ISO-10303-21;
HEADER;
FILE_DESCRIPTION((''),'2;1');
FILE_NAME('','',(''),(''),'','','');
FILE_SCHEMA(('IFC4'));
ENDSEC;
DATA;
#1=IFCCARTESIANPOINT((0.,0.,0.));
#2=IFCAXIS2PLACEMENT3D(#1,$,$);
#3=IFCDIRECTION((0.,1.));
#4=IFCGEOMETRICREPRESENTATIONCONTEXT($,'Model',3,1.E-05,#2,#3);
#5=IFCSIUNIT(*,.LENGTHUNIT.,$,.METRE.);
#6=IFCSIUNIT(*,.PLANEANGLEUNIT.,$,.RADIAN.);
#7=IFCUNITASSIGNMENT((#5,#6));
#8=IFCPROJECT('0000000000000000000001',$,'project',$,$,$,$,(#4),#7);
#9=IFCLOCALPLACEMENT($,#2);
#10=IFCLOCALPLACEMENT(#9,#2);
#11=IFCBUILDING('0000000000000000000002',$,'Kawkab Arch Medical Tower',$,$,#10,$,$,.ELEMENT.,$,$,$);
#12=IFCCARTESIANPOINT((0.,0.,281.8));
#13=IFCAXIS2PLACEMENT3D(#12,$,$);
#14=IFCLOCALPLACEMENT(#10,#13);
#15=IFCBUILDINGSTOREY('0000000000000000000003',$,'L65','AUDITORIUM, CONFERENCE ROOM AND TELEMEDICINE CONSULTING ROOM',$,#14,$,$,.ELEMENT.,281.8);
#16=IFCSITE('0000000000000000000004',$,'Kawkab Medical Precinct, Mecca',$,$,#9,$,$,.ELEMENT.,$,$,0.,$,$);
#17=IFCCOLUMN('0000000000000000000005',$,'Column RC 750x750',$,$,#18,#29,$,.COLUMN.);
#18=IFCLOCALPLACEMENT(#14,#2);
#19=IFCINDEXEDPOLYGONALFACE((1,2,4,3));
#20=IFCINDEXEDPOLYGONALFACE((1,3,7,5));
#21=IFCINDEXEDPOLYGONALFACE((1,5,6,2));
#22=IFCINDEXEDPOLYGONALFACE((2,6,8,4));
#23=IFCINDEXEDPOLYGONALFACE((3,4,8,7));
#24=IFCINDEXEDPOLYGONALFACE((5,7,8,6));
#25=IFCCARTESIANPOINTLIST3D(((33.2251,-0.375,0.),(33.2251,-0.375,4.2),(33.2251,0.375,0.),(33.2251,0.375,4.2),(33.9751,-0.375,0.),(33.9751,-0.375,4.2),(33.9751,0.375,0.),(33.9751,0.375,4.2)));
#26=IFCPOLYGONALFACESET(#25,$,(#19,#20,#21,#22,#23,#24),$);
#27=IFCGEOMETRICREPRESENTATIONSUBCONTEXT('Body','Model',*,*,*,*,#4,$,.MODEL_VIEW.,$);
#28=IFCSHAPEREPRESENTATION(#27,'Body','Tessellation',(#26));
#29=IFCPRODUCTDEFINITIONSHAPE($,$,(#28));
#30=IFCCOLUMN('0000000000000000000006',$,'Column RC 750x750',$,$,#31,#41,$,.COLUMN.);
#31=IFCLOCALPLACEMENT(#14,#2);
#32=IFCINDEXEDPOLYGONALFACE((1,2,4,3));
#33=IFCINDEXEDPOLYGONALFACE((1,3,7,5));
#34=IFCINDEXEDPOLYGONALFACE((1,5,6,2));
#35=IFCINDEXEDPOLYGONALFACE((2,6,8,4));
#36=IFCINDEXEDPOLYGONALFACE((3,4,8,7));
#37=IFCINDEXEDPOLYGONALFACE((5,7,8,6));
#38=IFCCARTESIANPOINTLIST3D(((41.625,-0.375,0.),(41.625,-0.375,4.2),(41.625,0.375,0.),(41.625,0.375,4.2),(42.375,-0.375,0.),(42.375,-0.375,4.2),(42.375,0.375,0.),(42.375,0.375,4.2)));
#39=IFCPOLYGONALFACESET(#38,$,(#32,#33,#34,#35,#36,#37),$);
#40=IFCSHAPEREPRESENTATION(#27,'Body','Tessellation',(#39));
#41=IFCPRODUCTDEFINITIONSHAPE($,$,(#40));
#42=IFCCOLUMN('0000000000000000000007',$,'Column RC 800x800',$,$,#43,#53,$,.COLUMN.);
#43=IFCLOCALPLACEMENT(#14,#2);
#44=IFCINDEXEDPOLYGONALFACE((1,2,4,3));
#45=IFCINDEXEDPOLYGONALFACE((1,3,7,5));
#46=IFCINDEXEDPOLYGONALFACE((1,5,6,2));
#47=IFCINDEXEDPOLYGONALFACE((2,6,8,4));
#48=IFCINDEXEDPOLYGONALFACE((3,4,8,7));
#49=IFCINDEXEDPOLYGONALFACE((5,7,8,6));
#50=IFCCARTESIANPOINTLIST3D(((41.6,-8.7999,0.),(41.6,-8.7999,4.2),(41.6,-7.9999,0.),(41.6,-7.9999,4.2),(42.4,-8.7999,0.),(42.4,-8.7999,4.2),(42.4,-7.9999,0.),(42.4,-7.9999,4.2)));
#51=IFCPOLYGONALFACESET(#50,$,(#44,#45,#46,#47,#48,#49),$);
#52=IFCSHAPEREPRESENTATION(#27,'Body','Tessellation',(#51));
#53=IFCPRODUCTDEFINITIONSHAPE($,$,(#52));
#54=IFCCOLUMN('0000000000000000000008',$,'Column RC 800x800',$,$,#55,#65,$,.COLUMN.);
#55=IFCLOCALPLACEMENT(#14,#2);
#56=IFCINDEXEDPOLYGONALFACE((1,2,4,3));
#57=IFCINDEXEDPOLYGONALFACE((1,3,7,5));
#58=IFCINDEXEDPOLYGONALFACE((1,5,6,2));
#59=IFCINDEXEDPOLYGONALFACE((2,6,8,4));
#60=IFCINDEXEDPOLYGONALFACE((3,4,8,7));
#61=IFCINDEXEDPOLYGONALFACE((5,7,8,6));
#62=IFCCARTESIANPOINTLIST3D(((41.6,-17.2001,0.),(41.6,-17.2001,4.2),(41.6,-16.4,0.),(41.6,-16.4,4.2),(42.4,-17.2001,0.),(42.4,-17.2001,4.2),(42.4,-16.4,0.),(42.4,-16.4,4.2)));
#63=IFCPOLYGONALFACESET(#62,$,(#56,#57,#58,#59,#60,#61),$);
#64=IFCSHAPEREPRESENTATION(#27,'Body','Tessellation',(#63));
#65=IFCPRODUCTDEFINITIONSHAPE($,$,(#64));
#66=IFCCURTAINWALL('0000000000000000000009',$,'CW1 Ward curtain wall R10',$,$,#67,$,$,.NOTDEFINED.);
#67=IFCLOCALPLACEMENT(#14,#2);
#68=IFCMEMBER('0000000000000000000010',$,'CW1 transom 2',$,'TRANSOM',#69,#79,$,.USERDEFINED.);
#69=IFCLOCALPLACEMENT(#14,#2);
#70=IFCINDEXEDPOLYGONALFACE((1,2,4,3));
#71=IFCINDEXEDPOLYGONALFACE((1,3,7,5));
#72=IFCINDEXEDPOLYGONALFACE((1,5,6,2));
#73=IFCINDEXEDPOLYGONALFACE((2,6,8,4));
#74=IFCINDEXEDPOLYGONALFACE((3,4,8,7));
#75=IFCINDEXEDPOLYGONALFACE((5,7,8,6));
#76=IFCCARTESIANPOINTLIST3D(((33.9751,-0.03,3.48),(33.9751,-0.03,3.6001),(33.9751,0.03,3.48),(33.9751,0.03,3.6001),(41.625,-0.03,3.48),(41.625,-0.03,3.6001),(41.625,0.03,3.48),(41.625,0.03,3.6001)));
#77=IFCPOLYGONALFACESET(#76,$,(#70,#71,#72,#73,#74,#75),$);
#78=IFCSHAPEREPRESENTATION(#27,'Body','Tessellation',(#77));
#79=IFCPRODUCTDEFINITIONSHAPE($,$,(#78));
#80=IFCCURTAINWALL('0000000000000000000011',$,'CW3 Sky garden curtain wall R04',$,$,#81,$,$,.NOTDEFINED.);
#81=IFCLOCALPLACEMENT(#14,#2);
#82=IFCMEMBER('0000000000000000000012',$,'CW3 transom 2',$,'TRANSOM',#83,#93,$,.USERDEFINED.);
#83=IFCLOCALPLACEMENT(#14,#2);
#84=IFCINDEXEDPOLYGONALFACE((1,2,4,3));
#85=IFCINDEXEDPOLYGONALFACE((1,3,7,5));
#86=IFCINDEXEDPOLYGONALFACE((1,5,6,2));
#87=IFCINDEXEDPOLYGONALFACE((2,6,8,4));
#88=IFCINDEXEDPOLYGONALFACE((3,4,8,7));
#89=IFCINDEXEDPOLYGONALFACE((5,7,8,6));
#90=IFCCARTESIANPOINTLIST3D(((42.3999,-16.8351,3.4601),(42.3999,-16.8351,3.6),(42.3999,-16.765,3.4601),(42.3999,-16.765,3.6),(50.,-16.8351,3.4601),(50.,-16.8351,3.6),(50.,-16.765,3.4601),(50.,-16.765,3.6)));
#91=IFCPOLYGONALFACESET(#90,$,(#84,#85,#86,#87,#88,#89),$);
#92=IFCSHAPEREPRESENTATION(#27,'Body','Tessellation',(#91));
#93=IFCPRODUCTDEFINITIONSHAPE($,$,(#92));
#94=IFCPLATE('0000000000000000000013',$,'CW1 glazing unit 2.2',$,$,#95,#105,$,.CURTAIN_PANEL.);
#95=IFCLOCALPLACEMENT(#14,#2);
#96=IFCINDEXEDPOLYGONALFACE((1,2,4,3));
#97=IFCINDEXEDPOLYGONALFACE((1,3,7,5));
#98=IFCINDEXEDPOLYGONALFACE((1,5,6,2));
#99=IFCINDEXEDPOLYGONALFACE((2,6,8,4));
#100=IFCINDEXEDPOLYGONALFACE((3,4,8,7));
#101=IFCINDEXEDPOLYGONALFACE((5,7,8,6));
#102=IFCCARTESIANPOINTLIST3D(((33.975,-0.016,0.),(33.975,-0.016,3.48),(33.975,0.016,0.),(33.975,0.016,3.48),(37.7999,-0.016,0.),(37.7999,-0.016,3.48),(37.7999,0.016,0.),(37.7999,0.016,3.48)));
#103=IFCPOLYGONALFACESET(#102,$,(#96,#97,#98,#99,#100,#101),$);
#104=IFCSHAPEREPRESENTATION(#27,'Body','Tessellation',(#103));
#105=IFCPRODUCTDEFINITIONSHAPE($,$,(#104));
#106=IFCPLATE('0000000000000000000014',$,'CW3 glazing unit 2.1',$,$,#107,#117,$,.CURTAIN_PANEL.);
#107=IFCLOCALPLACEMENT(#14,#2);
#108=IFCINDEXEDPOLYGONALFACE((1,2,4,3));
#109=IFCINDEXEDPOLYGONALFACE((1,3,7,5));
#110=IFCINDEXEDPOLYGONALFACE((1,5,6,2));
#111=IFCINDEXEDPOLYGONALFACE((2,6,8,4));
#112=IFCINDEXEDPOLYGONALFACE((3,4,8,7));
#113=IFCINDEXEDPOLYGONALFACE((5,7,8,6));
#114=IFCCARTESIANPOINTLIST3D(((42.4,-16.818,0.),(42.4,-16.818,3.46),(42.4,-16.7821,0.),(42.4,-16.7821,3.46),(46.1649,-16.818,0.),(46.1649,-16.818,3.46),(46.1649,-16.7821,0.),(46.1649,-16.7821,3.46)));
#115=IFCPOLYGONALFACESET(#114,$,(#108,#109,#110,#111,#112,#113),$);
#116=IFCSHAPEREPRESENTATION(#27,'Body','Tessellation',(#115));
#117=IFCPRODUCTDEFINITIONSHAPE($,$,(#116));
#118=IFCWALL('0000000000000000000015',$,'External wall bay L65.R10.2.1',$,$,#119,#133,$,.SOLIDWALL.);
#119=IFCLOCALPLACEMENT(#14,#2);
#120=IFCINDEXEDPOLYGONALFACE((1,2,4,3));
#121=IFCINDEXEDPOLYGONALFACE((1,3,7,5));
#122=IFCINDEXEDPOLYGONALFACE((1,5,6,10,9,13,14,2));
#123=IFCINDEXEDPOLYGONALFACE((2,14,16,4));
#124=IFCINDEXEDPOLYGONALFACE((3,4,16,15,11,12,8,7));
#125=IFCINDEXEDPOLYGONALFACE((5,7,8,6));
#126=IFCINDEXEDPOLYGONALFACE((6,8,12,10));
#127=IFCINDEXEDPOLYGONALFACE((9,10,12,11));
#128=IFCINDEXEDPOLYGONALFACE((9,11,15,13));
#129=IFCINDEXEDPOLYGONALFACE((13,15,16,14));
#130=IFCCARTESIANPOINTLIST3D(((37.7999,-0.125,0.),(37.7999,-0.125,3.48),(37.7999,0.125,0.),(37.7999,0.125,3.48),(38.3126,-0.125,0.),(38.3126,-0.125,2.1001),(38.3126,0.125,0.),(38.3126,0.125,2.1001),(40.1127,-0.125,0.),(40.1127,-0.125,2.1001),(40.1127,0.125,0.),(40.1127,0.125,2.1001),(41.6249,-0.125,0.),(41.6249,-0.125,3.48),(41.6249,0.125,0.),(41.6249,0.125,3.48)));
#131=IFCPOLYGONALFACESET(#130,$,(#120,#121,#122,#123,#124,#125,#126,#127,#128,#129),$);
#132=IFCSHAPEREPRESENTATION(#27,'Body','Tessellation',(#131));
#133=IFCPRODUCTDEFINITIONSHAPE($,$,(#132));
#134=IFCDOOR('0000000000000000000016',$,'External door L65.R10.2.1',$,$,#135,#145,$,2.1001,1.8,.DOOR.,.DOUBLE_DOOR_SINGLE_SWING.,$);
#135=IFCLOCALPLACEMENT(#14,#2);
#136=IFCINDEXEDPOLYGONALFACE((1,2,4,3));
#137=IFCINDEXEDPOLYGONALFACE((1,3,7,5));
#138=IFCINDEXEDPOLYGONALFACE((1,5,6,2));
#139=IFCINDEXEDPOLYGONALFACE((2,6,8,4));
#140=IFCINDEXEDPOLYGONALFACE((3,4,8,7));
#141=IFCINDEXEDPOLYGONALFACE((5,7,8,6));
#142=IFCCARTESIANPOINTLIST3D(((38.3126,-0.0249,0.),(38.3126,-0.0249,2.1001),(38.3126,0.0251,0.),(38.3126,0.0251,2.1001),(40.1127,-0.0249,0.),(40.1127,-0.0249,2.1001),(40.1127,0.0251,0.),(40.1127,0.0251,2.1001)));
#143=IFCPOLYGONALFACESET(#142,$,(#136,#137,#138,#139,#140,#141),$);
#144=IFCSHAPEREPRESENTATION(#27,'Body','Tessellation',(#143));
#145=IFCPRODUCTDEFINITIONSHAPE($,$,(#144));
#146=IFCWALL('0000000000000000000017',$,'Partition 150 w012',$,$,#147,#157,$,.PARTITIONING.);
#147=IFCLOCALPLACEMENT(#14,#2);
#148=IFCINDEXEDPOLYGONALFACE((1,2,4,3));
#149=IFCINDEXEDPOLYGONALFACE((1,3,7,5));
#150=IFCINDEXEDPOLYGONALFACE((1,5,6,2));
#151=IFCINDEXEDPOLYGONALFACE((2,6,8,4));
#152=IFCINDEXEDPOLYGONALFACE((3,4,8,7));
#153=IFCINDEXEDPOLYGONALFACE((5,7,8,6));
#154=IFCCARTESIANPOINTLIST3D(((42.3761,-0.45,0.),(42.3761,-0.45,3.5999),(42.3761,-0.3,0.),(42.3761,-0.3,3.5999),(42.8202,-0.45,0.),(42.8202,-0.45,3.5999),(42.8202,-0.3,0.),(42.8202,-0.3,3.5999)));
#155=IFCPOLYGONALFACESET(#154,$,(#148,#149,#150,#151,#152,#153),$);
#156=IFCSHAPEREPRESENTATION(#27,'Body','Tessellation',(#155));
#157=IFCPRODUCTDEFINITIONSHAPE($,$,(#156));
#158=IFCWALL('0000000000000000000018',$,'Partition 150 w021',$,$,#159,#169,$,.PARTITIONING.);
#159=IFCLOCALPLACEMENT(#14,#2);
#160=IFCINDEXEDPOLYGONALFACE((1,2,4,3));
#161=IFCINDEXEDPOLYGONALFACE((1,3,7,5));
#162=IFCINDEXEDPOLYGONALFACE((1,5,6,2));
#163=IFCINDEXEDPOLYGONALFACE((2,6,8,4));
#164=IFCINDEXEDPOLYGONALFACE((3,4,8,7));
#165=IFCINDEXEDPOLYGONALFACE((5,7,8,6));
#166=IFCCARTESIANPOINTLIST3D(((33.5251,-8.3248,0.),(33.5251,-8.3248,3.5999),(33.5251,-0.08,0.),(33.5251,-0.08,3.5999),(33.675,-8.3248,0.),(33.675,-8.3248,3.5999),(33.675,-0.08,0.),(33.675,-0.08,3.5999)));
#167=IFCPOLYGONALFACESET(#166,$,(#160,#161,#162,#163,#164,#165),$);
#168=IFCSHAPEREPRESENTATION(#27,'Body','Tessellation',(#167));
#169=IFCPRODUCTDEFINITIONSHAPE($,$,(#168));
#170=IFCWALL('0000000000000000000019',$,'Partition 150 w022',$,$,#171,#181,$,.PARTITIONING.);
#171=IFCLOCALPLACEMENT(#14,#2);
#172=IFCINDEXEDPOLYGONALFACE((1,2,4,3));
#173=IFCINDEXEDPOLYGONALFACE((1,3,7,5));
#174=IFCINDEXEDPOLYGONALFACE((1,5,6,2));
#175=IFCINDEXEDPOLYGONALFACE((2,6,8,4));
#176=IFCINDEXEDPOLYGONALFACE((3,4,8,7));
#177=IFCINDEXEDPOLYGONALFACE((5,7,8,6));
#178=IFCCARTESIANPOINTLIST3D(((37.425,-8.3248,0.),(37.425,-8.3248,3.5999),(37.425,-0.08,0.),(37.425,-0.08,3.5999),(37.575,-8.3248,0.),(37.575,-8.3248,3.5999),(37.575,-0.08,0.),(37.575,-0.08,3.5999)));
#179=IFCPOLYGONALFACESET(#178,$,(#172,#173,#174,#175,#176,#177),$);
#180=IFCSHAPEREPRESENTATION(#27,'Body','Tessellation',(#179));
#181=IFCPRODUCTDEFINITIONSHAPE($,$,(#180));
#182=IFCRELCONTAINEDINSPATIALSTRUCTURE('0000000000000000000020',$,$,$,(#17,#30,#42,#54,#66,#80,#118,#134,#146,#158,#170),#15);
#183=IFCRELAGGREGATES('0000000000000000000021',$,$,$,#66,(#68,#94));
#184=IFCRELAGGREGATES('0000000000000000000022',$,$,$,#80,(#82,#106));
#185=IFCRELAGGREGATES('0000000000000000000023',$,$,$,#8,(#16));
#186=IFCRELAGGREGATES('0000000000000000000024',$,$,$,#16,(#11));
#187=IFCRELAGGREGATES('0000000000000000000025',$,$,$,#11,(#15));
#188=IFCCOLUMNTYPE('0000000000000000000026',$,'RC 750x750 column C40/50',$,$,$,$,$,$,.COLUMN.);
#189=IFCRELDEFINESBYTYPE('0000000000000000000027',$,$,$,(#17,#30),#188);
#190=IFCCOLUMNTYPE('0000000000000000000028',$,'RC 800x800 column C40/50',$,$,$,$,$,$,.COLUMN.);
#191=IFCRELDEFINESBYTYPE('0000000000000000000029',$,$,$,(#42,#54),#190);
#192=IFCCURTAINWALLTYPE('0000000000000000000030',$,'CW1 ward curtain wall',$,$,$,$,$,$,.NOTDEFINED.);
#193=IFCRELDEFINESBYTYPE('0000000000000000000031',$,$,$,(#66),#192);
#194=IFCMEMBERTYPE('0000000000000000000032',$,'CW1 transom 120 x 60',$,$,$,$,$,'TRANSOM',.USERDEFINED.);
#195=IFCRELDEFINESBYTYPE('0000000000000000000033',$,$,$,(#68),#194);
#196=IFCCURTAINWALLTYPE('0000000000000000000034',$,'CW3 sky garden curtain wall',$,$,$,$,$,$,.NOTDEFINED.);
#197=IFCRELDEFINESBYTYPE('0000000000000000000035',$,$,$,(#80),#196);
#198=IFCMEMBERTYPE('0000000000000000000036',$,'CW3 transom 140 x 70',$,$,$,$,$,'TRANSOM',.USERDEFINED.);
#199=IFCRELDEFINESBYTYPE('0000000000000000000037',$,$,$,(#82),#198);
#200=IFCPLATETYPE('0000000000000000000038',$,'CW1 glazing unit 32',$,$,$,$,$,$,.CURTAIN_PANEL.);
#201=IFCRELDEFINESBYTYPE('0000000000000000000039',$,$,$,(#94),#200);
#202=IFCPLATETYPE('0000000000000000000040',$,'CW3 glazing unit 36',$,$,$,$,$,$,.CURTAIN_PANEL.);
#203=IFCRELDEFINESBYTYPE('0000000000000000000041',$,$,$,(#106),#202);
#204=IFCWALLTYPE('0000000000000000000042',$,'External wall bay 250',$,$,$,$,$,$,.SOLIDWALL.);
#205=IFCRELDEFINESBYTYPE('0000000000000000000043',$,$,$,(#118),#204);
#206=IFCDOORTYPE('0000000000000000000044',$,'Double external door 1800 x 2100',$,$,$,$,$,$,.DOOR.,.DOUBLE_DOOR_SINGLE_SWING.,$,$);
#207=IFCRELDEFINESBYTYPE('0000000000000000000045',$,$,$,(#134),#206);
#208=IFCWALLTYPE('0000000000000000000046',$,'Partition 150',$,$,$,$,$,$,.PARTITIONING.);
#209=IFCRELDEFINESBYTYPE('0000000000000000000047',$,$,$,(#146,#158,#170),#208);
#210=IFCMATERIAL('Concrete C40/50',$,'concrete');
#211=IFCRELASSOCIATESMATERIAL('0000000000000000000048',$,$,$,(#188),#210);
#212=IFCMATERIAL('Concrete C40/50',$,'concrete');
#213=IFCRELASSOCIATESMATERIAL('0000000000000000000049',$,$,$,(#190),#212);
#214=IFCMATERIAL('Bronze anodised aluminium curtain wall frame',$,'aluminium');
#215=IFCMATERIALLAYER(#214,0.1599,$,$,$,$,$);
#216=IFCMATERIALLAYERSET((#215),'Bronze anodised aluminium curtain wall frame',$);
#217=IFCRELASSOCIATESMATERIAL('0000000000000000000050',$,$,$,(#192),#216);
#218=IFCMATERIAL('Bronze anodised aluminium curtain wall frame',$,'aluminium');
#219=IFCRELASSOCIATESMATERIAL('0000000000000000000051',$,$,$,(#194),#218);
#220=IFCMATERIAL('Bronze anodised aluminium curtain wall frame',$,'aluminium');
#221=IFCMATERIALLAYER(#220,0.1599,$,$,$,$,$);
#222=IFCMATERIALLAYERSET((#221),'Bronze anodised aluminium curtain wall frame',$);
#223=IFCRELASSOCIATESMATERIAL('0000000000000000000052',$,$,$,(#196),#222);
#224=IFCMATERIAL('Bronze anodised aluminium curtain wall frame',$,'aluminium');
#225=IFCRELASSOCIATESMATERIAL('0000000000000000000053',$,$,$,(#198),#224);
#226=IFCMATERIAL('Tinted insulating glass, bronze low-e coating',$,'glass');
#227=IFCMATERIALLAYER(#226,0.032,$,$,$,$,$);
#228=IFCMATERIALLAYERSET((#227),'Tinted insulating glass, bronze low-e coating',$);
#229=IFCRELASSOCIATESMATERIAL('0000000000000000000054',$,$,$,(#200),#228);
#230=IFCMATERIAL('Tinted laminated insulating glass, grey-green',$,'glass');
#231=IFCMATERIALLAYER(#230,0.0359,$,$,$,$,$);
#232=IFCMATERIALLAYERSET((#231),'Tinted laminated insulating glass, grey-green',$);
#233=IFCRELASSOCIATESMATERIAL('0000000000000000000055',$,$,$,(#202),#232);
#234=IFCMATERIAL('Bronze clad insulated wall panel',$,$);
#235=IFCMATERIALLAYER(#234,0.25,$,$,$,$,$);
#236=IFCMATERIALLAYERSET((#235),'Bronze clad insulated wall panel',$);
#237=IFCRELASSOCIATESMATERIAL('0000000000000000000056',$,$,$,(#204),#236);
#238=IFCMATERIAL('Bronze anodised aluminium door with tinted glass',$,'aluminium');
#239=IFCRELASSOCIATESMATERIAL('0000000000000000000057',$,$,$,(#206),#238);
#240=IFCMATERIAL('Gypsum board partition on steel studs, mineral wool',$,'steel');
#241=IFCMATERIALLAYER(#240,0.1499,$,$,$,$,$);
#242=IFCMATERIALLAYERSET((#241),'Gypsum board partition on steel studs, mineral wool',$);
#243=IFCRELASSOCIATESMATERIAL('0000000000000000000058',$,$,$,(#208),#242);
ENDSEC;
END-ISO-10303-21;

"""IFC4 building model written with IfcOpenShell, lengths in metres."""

from ifc_helpers import new_model, si_unit, direction, frame, frame_2d, origin, origin_2d, place, context, subcontext, project, spatial, rectangle, extrude, material, layer, layer_set, material_profile, profile_set, type_object, element, fill, aggregate, save


model = new_model("IFC4")

# Units and contexts
model_context = context("Model", 3, precision=1e-05, world=origin(), true_north=direction((0.0, 1.0)))
body_context = subcontext(model_context, "Body", "Model", "MODEL_VIEW")
ifc_project = project(units=[si_unit("LENGTHUNIT", "METRE"), si_unit("PLANEANGLEUNIT", "RADIAN")], contexts=[model_context])

# Site, building, storey
site_placement = place(None, origin())
site = spatial("IfcSite", under=ifc_project, at=site_placement, Name="Kawkab Medical Precinct, Mecca", CompositionType="ELEMENT", RefElevation=0.0)
building_placement = place(site_placement, origin())
building = spatial("IfcBuilding", under=site, at=building_placement, Name="Kawkab Arch Medical Tower", CompositionType="ELEMENT")
storey_placement = place(building_placement, frame((0.0, 0.0, 281.8)))
storey = spatial("IfcBuildingStorey", under=building, at=storey_placement, Name="L65", Description="AUDITORIUM, CONFERENCE ROOM AND TELEMEDICINE CONSULTING ROOM", CompositionType="ELEMENT", Elevation=281.8)

# Columns
ifc_material_1 = material(Name="Concrete C40/50", Category="concrete")
ifc_material_profile_1 = material_profile(ifc_material_1, rectangle(XDim=0.75, YDim=0.75, at=origin_2d()), Name="RC 750x750")
ifc_profile_set_1 = profile_set([ifc_material_profile_1], Name="Concrete C40/50")
column_type_1 = type_object("IfcColumnType", Name="RC 750x750 column C40/50", PredefinedType="COLUMN", material=ifc_profile_set_1)
for number, where, z_axis, x_axis, name in (
    (1, (33.6001, 0.0, 0.0), (0.0, 0.0, 1.0), (1.0, 0.0, 0.0), "Column RC 750x750"),
    (2, (42.0, 0.0, 0.0), (0.0, 0.0, 1.0), (1.0, 0.0, 0.0), "Column RC 750x750"),
):
    element("IfcColumn", number, at=place(storey_placement, frame(where, z_axis=z_axis, x_axis=x_axis)), inside=storey, type_object=column_type_1, Name=name, PredefinedType="COLUMN", context=body_context, shape_type="SweptSolid", body=[
        extrude(rectangle(XDim=0.75, YDim=0.75, at=origin_2d()), origin(), (0.0, 0.0, 1.0), 4.2),
    ])
ifc_material_2 = material(Name="Concrete C40/50", Category="concrete")
ifc_material_profile_2 = material_profile(ifc_material_2, rectangle(XDim=0.8, YDim=0.8, at=origin_2d()), Name="RC 800x800")
ifc_profile_set_2 = profile_set([ifc_material_profile_2], Name="Concrete C40/50")
column_type_2 = type_object("IfcColumnType", Name="RC 800x800 column C40/50", PredefinedType="COLUMN", material=ifc_profile_set_2)
for number, where, z_axis, x_axis, name in (
    (3, (42.0, -8.3999, 0.0), (0.0, 0.0, 1.0), (1.0, 0.0, 0.0), "Column RC 800x800"),
    (4, (42.0, -16.8, 0.0), (0.0, 0.0, 1.0), (1.0, 0.0, 0.0), "Column RC 800x800"),
):
    element("IfcColumn", number, at=place(storey_placement, frame(where, z_axis=z_axis, x_axis=x_axis)), inside=storey, type_object=column_type_2, Name=name, PredefinedType="COLUMN", context=body_context, shape_type="SweptSolid", body=[
        extrude(rectangle(XDim=0.8, YDim=0.8, at=origin_2d()), origin(), (0.0, 0.0, 1.0), 4.2),
    ])

# Curtain walls, members
ifc_material_3 = material(Name="Bronze anodised aluminium curtain wall frame", Category="aluminium")
ifc_layer_1 = layer(ifc_material_3, 0.1599)
ifc_layer_set_1 = layer_set([ifc_layer_1], Name="Bronze anodised aluminium curtain wall frame")
curtain_wall_type_1 = type_object("IfcCurtainWallType", Name="CW1 ward curtain wall", PredefinedType="NOTDEFINED", material=ifc_layer_set_1)
placement = place(storey_placement, origin())
curtain_wall_1 = element("IfcCurtainWall", 5, at=placement, inside=storey, type_object=curtain_wall_type_1, Name="CW1 Ward curtain wall R10", PredefinedType="NOTDEFINED")
ifc_material_4 = material(Name="Bronze anodised aluminium curtain wall frame", Category="aluminium")
ifc_material_profile_3 = material_profile(ifc_material_4, rectangle(XDim=0.0601, YDim=0.1201, at=origin_2d()), Name="AL 60x120")
ifc_profile_set_3 = profile_set([ifc_material_profile_3], Name="Bronze anodised aluminium curtain wall frame")
member_type_1 = type_object("IfcMemberType", Name="CW1 transom 120 x 60", ElementType="TRANSOM", PredefinedType="USERDEFINED", material=ifc_profile_set_3)
member_1_placement = place(storey_placement, frame((41.625, 0.0, 3.54), z_axis=(-1.0, 0.0, 0.0), x_axis=(0.0, -1.0, 0.0)))
member_1 = element("IfcMember", 6, at=member_1_placement, type_object=member_type_1, Name="CW1 transom 2", ObjectType="TRANSOM", PredefinedType="USERDEFINED", context=body_context, shape_type="SweptSolid", body=[
    extrude(rectangle(XDim=0.0601, YDim=0.1201, at=origin_2d()), origin(), (0.0, 0.0, 1.0), 7.6499),
])
ifc_material_5 = material(Name="Bronze anodised aluminium curtain wall frame", Category="aluminium")
ifc_layer_2 = layer(ifc_material_5, 0.1599)
ifc_layer_set_2 = layer_set([ifc_layer_2], Name="Bronze anodised aluminium curtain wall frame")
curtain_wall_type_2 = type_object("IfcCurtainWallType", Name="CW3 sky garden curtain wall", PredefinedType="NOTDEFINED", material=ifc_layer_set_2)
curtain_wall_2 = element("IfcCurtainWall", 7, at=placement, inside=storey, type_object=curtain_wall_type_2, Name="CW3 Sky garden curtain wall R04", PredefinedType="NOTDEFINED")
ifc_material_6 = material(Name="Bronze anodised aluminium curtain wall frame", Category="aluminium")
ifc_material_profile_4 = material_profile(ifc_material_6, rectangle(XDim=0.0701, YDim=0.1399, at=origin_2d()), Name="AL 70x140")
ifc_profile_set_4 = profile_set([ifc_material_profile_4], Name="Bronze anodised aluminium curtain wall frame")
member_type_2 = type_object("IfcMemberType", Name="CW3 transom 140 x 70", ElementType="TRANSOM", PredefinedType="USERDEFINED", material=ifc_profile_set_4)
member_2_placement = place(storey_placement, frame((42.3999, -16.8, 3.53), z_axis=(1.0, 0.0, 0.0), x_axis=(0.0, 1.0, 0.0)))
member_2 = element("IfcMember", 8, at=member_2_placement, type_object=member_type_2, Name="CW3 transom 2", ObjectType="TRANSOM", PredefinedType="USERDEFINED", context=body_context, shape_type="SweptSolid", body=[
    extrude(rectangle(XDim=0.0701, YDim=0.1399, at=origin_2d()), origin(), (0.0, 0.0, 1.0), 7.6001),
])

# Plates
ifc_material_7 = material(Name="Tinted insulating glass, bronze low-e coating", Category="glass")
ifc_layer_3 = layer(ifc_material_7, 0.032)
ifc_layer_set_3 = layer_set([ifc_layer_3], Name="Tinted insulating glass, bronze low-e coating")
plate_type_1 = type_object("IfcPlateType", Name="CW1 glazing unit 32", PredefinedType="CURTAIN_PANEL", material=ifc_layer_set_3)
plate_1_placement = place(storey_placement, frame((35.8875, 0.0, 0.0), z_axis=(0.0, 0.0, 1.0), x_axis=(-1.0, 0.0, 0.0)))
plate_1 = element("IfcPlate", 9, at=plate_1_placement, type_object=plate_type_1, Name="CW1 glazing unit 2.2", PredefinedType="CURTAIN_PANEL", context=body_context, shape_type="SweptSolid", body=[
    extrude(rectangle(XDim=3.825, YDim=0.032, at=origin_2d()), origin(), (0.0, 0.0, 1.0), 3.48),
])
aggregate(curtain_wall_1, [member_1, plate_1])
ifc_material_8 = material(Name="Tinted laminated insulating glass, grey-green", Category="glass")
ifc_layer_4 = layer(ifc_material_8, 0.0359)
ifc_layer_set_4 = layer_set([ifc_layer_4], Name="Tinted laminated insulating glass, grey-green")
plate_type_2 = type_object("IfcPlateType", Name="CW3 glazing unit 36", PredefinedType="CURTAIN_PANEL", material=ifc_layer_set_4)
plate_2_placement = place(storey_placement, frame((44.2825, -16.8, 0.0), z_axis=(0.0, 0.0, 1.0), x_axis=(1.0, 0.0, 0.0)))
plate_2 = element("IfcPlate", 10, at=plate_2_placement, type_object=plate_type_2, Name="CW3 glazing unit 2.1", PredefinedType="CURTAIN_PANEL", context=body_context, shape_type="SweptSolid", body=[
    extrude(rectangle(XDim=3.7649, YDim=0.0359, at=origin_2d()), origin(), (0.0, 0.0, 1.0), 3.46),
])
aggregate(curtain_wall_2, [member_2, plate_2])

# Wall, opening, door
ifc_material_9 = material(Name="Bronze clad insulated wall panel")
ifc_layer_5 = layer(ifc_material_9, 0.25)
ifc_layer_set_5 = layer_set([ifc_layer_5], Name="Bronze clad insulated wall panel")
wall_type_1 = type_object("IfcWallType", Name="External wall bay 250", PredefinedType="SOLIDWALL", material=ifc_layer_set_5)
wall_1_placement = place(storey_placement, frame((41.625, 0.0, 0.0), z_axis=(0.0, 0.0, 1.0), x_axis=(-1.0, 0.0, 0.0)))
wall_1 = element("IfcWall", 11, at=wall_1_placement, inside=storey, type_object=wall_type_1, Name="External wall bay L65.R10.2.1", PredefinedType="SOLIDWALL", context=body_context, shape_type="SweptSolid", body=[
    extrude(rectangle(XDim=3.825, YDim=0.25, at=frame_2d((1.9126, 0.0))), origin(), (0.0, 0.0, 1.0), 3.48),
])
opening_1_placement = place(wall_1_placement, frame((1.5125, 0.0, 0.0)))
opening_1 = element("IfcOpeningElement", 12, at=opening_1_placement, cuts=wall_1, PredefinedType="OPENING", context=body_context, shape_type="SweptSolid", body=[
    extrude(rectangle(XDim=1.8, YDim=2.1001, at=frame_2d((0.8999, 1.05))), frame((0.0, 0.135, 0.0), z_axis=(0.0, -1.0, 0.0), x_axis=(1.0, 0.0, 0.0)), (0.0, 0.0, 1.0), 0.27),
])
ifc_material_10 = material(Name="Bronze anodised aluminium door with tinted glass", Category="aluminium")
door_type_1 = type_object("IfcDoorType", Name="Double external door 1800 x 2100", OperationType="DOUBLE_DOOR_SINGLE_SWING", PredefinedType="DOOR", material=ifc_material_10)
door_1_placement = place(opening_1_placement, origin())
door_1 = element("IfcDoor", 13, at=door_1_placement, inside=storey, type_object=door_type_1, Name="External door L65.R10.2.1", OperationType="DOUBLE_DOOR_SINGLE_SWING", OverallHeight=2.1001, OverallWidth=1.8, PredefinedType="DOOR", context=body_context, shape_type="SweptSolid", body=[
    extrude(rectangle(XDim=1.8, YDim=2.1001, at=frame_2d((0.8999, 1.05))), frame((0.0, 0.0249, 0.0), z_axis=(0.0, -1.0, 0.0), x_axis=(1.0, 0.0, 0.0)), (0.0, 0.0, 1.0), 0.05),
])
fill(opening_1, door_1)

# Walls
ifc_material_11 = material(Name="Gypsum board partition on steel studs, mineral wool", Category="steel")
ifc_layer_6 = layer(ifc_material_11, 0.1499)
ifc_layer_set_6 = layer_set([ifc_layer_6], Name="Gypsum board partition on steel studs, mineral wool")
wall_type_2 = type_object("IfcWallType", Name="Partition 150", PredefinedType="PARTITIONING", material=ifc_layer_set_6)
wall_2_placement = place(storey_placement, frame((42.376, -0.375, 0.0), z_axis=(0.0, 0.0, 1.0), x_axis=(1.0, 0.0, 0.0)))
element("IfcWall", 14, at=wall_2_placement, inside=storey, type_object=wall_type_2, Name="Partition 150 w012", PredefinedType="PARTITIONING", context=body_context, shape_type="SweptSolid", body=[
    extrude(rectangle(XDim=0.4441, YDim=0.1499, at=frame_2d((0.2222, 0.0))), origin(), (0.0, 0.0, 1.0), 3.5999),
])
for number, where, z_axis, x_axis, name in (
    (15, (33.6001, -8.325, 0.0), (0.0, 0.0, 1.0), (0.0, 1.0, 0.0), "Partition 150 w021"),
    (16, (37.5, -8.325, 0.0), (0.0, 0.0, 1.0), (0.0, 1.0, 0.0), "Partition 150 w022"),
):
    element("IfcWall", number, at=place(storey_placement, frame(where, z_axis=z_axis, x_axis=x_axis)), inside=storey, type_object=wall_type_2, Name=name, PredefinedType="PARTITIONING", context=body_context, shape_type="SweptSolid", body=[
        extrude(rectangle(XDim=8.2449, YDim=0.1499, at=frame_2d((4.1226, 0.0))), origin(), (0.0, 0.0, 1.0), 3.5999),
    ])

save(model, "model.ifc")
